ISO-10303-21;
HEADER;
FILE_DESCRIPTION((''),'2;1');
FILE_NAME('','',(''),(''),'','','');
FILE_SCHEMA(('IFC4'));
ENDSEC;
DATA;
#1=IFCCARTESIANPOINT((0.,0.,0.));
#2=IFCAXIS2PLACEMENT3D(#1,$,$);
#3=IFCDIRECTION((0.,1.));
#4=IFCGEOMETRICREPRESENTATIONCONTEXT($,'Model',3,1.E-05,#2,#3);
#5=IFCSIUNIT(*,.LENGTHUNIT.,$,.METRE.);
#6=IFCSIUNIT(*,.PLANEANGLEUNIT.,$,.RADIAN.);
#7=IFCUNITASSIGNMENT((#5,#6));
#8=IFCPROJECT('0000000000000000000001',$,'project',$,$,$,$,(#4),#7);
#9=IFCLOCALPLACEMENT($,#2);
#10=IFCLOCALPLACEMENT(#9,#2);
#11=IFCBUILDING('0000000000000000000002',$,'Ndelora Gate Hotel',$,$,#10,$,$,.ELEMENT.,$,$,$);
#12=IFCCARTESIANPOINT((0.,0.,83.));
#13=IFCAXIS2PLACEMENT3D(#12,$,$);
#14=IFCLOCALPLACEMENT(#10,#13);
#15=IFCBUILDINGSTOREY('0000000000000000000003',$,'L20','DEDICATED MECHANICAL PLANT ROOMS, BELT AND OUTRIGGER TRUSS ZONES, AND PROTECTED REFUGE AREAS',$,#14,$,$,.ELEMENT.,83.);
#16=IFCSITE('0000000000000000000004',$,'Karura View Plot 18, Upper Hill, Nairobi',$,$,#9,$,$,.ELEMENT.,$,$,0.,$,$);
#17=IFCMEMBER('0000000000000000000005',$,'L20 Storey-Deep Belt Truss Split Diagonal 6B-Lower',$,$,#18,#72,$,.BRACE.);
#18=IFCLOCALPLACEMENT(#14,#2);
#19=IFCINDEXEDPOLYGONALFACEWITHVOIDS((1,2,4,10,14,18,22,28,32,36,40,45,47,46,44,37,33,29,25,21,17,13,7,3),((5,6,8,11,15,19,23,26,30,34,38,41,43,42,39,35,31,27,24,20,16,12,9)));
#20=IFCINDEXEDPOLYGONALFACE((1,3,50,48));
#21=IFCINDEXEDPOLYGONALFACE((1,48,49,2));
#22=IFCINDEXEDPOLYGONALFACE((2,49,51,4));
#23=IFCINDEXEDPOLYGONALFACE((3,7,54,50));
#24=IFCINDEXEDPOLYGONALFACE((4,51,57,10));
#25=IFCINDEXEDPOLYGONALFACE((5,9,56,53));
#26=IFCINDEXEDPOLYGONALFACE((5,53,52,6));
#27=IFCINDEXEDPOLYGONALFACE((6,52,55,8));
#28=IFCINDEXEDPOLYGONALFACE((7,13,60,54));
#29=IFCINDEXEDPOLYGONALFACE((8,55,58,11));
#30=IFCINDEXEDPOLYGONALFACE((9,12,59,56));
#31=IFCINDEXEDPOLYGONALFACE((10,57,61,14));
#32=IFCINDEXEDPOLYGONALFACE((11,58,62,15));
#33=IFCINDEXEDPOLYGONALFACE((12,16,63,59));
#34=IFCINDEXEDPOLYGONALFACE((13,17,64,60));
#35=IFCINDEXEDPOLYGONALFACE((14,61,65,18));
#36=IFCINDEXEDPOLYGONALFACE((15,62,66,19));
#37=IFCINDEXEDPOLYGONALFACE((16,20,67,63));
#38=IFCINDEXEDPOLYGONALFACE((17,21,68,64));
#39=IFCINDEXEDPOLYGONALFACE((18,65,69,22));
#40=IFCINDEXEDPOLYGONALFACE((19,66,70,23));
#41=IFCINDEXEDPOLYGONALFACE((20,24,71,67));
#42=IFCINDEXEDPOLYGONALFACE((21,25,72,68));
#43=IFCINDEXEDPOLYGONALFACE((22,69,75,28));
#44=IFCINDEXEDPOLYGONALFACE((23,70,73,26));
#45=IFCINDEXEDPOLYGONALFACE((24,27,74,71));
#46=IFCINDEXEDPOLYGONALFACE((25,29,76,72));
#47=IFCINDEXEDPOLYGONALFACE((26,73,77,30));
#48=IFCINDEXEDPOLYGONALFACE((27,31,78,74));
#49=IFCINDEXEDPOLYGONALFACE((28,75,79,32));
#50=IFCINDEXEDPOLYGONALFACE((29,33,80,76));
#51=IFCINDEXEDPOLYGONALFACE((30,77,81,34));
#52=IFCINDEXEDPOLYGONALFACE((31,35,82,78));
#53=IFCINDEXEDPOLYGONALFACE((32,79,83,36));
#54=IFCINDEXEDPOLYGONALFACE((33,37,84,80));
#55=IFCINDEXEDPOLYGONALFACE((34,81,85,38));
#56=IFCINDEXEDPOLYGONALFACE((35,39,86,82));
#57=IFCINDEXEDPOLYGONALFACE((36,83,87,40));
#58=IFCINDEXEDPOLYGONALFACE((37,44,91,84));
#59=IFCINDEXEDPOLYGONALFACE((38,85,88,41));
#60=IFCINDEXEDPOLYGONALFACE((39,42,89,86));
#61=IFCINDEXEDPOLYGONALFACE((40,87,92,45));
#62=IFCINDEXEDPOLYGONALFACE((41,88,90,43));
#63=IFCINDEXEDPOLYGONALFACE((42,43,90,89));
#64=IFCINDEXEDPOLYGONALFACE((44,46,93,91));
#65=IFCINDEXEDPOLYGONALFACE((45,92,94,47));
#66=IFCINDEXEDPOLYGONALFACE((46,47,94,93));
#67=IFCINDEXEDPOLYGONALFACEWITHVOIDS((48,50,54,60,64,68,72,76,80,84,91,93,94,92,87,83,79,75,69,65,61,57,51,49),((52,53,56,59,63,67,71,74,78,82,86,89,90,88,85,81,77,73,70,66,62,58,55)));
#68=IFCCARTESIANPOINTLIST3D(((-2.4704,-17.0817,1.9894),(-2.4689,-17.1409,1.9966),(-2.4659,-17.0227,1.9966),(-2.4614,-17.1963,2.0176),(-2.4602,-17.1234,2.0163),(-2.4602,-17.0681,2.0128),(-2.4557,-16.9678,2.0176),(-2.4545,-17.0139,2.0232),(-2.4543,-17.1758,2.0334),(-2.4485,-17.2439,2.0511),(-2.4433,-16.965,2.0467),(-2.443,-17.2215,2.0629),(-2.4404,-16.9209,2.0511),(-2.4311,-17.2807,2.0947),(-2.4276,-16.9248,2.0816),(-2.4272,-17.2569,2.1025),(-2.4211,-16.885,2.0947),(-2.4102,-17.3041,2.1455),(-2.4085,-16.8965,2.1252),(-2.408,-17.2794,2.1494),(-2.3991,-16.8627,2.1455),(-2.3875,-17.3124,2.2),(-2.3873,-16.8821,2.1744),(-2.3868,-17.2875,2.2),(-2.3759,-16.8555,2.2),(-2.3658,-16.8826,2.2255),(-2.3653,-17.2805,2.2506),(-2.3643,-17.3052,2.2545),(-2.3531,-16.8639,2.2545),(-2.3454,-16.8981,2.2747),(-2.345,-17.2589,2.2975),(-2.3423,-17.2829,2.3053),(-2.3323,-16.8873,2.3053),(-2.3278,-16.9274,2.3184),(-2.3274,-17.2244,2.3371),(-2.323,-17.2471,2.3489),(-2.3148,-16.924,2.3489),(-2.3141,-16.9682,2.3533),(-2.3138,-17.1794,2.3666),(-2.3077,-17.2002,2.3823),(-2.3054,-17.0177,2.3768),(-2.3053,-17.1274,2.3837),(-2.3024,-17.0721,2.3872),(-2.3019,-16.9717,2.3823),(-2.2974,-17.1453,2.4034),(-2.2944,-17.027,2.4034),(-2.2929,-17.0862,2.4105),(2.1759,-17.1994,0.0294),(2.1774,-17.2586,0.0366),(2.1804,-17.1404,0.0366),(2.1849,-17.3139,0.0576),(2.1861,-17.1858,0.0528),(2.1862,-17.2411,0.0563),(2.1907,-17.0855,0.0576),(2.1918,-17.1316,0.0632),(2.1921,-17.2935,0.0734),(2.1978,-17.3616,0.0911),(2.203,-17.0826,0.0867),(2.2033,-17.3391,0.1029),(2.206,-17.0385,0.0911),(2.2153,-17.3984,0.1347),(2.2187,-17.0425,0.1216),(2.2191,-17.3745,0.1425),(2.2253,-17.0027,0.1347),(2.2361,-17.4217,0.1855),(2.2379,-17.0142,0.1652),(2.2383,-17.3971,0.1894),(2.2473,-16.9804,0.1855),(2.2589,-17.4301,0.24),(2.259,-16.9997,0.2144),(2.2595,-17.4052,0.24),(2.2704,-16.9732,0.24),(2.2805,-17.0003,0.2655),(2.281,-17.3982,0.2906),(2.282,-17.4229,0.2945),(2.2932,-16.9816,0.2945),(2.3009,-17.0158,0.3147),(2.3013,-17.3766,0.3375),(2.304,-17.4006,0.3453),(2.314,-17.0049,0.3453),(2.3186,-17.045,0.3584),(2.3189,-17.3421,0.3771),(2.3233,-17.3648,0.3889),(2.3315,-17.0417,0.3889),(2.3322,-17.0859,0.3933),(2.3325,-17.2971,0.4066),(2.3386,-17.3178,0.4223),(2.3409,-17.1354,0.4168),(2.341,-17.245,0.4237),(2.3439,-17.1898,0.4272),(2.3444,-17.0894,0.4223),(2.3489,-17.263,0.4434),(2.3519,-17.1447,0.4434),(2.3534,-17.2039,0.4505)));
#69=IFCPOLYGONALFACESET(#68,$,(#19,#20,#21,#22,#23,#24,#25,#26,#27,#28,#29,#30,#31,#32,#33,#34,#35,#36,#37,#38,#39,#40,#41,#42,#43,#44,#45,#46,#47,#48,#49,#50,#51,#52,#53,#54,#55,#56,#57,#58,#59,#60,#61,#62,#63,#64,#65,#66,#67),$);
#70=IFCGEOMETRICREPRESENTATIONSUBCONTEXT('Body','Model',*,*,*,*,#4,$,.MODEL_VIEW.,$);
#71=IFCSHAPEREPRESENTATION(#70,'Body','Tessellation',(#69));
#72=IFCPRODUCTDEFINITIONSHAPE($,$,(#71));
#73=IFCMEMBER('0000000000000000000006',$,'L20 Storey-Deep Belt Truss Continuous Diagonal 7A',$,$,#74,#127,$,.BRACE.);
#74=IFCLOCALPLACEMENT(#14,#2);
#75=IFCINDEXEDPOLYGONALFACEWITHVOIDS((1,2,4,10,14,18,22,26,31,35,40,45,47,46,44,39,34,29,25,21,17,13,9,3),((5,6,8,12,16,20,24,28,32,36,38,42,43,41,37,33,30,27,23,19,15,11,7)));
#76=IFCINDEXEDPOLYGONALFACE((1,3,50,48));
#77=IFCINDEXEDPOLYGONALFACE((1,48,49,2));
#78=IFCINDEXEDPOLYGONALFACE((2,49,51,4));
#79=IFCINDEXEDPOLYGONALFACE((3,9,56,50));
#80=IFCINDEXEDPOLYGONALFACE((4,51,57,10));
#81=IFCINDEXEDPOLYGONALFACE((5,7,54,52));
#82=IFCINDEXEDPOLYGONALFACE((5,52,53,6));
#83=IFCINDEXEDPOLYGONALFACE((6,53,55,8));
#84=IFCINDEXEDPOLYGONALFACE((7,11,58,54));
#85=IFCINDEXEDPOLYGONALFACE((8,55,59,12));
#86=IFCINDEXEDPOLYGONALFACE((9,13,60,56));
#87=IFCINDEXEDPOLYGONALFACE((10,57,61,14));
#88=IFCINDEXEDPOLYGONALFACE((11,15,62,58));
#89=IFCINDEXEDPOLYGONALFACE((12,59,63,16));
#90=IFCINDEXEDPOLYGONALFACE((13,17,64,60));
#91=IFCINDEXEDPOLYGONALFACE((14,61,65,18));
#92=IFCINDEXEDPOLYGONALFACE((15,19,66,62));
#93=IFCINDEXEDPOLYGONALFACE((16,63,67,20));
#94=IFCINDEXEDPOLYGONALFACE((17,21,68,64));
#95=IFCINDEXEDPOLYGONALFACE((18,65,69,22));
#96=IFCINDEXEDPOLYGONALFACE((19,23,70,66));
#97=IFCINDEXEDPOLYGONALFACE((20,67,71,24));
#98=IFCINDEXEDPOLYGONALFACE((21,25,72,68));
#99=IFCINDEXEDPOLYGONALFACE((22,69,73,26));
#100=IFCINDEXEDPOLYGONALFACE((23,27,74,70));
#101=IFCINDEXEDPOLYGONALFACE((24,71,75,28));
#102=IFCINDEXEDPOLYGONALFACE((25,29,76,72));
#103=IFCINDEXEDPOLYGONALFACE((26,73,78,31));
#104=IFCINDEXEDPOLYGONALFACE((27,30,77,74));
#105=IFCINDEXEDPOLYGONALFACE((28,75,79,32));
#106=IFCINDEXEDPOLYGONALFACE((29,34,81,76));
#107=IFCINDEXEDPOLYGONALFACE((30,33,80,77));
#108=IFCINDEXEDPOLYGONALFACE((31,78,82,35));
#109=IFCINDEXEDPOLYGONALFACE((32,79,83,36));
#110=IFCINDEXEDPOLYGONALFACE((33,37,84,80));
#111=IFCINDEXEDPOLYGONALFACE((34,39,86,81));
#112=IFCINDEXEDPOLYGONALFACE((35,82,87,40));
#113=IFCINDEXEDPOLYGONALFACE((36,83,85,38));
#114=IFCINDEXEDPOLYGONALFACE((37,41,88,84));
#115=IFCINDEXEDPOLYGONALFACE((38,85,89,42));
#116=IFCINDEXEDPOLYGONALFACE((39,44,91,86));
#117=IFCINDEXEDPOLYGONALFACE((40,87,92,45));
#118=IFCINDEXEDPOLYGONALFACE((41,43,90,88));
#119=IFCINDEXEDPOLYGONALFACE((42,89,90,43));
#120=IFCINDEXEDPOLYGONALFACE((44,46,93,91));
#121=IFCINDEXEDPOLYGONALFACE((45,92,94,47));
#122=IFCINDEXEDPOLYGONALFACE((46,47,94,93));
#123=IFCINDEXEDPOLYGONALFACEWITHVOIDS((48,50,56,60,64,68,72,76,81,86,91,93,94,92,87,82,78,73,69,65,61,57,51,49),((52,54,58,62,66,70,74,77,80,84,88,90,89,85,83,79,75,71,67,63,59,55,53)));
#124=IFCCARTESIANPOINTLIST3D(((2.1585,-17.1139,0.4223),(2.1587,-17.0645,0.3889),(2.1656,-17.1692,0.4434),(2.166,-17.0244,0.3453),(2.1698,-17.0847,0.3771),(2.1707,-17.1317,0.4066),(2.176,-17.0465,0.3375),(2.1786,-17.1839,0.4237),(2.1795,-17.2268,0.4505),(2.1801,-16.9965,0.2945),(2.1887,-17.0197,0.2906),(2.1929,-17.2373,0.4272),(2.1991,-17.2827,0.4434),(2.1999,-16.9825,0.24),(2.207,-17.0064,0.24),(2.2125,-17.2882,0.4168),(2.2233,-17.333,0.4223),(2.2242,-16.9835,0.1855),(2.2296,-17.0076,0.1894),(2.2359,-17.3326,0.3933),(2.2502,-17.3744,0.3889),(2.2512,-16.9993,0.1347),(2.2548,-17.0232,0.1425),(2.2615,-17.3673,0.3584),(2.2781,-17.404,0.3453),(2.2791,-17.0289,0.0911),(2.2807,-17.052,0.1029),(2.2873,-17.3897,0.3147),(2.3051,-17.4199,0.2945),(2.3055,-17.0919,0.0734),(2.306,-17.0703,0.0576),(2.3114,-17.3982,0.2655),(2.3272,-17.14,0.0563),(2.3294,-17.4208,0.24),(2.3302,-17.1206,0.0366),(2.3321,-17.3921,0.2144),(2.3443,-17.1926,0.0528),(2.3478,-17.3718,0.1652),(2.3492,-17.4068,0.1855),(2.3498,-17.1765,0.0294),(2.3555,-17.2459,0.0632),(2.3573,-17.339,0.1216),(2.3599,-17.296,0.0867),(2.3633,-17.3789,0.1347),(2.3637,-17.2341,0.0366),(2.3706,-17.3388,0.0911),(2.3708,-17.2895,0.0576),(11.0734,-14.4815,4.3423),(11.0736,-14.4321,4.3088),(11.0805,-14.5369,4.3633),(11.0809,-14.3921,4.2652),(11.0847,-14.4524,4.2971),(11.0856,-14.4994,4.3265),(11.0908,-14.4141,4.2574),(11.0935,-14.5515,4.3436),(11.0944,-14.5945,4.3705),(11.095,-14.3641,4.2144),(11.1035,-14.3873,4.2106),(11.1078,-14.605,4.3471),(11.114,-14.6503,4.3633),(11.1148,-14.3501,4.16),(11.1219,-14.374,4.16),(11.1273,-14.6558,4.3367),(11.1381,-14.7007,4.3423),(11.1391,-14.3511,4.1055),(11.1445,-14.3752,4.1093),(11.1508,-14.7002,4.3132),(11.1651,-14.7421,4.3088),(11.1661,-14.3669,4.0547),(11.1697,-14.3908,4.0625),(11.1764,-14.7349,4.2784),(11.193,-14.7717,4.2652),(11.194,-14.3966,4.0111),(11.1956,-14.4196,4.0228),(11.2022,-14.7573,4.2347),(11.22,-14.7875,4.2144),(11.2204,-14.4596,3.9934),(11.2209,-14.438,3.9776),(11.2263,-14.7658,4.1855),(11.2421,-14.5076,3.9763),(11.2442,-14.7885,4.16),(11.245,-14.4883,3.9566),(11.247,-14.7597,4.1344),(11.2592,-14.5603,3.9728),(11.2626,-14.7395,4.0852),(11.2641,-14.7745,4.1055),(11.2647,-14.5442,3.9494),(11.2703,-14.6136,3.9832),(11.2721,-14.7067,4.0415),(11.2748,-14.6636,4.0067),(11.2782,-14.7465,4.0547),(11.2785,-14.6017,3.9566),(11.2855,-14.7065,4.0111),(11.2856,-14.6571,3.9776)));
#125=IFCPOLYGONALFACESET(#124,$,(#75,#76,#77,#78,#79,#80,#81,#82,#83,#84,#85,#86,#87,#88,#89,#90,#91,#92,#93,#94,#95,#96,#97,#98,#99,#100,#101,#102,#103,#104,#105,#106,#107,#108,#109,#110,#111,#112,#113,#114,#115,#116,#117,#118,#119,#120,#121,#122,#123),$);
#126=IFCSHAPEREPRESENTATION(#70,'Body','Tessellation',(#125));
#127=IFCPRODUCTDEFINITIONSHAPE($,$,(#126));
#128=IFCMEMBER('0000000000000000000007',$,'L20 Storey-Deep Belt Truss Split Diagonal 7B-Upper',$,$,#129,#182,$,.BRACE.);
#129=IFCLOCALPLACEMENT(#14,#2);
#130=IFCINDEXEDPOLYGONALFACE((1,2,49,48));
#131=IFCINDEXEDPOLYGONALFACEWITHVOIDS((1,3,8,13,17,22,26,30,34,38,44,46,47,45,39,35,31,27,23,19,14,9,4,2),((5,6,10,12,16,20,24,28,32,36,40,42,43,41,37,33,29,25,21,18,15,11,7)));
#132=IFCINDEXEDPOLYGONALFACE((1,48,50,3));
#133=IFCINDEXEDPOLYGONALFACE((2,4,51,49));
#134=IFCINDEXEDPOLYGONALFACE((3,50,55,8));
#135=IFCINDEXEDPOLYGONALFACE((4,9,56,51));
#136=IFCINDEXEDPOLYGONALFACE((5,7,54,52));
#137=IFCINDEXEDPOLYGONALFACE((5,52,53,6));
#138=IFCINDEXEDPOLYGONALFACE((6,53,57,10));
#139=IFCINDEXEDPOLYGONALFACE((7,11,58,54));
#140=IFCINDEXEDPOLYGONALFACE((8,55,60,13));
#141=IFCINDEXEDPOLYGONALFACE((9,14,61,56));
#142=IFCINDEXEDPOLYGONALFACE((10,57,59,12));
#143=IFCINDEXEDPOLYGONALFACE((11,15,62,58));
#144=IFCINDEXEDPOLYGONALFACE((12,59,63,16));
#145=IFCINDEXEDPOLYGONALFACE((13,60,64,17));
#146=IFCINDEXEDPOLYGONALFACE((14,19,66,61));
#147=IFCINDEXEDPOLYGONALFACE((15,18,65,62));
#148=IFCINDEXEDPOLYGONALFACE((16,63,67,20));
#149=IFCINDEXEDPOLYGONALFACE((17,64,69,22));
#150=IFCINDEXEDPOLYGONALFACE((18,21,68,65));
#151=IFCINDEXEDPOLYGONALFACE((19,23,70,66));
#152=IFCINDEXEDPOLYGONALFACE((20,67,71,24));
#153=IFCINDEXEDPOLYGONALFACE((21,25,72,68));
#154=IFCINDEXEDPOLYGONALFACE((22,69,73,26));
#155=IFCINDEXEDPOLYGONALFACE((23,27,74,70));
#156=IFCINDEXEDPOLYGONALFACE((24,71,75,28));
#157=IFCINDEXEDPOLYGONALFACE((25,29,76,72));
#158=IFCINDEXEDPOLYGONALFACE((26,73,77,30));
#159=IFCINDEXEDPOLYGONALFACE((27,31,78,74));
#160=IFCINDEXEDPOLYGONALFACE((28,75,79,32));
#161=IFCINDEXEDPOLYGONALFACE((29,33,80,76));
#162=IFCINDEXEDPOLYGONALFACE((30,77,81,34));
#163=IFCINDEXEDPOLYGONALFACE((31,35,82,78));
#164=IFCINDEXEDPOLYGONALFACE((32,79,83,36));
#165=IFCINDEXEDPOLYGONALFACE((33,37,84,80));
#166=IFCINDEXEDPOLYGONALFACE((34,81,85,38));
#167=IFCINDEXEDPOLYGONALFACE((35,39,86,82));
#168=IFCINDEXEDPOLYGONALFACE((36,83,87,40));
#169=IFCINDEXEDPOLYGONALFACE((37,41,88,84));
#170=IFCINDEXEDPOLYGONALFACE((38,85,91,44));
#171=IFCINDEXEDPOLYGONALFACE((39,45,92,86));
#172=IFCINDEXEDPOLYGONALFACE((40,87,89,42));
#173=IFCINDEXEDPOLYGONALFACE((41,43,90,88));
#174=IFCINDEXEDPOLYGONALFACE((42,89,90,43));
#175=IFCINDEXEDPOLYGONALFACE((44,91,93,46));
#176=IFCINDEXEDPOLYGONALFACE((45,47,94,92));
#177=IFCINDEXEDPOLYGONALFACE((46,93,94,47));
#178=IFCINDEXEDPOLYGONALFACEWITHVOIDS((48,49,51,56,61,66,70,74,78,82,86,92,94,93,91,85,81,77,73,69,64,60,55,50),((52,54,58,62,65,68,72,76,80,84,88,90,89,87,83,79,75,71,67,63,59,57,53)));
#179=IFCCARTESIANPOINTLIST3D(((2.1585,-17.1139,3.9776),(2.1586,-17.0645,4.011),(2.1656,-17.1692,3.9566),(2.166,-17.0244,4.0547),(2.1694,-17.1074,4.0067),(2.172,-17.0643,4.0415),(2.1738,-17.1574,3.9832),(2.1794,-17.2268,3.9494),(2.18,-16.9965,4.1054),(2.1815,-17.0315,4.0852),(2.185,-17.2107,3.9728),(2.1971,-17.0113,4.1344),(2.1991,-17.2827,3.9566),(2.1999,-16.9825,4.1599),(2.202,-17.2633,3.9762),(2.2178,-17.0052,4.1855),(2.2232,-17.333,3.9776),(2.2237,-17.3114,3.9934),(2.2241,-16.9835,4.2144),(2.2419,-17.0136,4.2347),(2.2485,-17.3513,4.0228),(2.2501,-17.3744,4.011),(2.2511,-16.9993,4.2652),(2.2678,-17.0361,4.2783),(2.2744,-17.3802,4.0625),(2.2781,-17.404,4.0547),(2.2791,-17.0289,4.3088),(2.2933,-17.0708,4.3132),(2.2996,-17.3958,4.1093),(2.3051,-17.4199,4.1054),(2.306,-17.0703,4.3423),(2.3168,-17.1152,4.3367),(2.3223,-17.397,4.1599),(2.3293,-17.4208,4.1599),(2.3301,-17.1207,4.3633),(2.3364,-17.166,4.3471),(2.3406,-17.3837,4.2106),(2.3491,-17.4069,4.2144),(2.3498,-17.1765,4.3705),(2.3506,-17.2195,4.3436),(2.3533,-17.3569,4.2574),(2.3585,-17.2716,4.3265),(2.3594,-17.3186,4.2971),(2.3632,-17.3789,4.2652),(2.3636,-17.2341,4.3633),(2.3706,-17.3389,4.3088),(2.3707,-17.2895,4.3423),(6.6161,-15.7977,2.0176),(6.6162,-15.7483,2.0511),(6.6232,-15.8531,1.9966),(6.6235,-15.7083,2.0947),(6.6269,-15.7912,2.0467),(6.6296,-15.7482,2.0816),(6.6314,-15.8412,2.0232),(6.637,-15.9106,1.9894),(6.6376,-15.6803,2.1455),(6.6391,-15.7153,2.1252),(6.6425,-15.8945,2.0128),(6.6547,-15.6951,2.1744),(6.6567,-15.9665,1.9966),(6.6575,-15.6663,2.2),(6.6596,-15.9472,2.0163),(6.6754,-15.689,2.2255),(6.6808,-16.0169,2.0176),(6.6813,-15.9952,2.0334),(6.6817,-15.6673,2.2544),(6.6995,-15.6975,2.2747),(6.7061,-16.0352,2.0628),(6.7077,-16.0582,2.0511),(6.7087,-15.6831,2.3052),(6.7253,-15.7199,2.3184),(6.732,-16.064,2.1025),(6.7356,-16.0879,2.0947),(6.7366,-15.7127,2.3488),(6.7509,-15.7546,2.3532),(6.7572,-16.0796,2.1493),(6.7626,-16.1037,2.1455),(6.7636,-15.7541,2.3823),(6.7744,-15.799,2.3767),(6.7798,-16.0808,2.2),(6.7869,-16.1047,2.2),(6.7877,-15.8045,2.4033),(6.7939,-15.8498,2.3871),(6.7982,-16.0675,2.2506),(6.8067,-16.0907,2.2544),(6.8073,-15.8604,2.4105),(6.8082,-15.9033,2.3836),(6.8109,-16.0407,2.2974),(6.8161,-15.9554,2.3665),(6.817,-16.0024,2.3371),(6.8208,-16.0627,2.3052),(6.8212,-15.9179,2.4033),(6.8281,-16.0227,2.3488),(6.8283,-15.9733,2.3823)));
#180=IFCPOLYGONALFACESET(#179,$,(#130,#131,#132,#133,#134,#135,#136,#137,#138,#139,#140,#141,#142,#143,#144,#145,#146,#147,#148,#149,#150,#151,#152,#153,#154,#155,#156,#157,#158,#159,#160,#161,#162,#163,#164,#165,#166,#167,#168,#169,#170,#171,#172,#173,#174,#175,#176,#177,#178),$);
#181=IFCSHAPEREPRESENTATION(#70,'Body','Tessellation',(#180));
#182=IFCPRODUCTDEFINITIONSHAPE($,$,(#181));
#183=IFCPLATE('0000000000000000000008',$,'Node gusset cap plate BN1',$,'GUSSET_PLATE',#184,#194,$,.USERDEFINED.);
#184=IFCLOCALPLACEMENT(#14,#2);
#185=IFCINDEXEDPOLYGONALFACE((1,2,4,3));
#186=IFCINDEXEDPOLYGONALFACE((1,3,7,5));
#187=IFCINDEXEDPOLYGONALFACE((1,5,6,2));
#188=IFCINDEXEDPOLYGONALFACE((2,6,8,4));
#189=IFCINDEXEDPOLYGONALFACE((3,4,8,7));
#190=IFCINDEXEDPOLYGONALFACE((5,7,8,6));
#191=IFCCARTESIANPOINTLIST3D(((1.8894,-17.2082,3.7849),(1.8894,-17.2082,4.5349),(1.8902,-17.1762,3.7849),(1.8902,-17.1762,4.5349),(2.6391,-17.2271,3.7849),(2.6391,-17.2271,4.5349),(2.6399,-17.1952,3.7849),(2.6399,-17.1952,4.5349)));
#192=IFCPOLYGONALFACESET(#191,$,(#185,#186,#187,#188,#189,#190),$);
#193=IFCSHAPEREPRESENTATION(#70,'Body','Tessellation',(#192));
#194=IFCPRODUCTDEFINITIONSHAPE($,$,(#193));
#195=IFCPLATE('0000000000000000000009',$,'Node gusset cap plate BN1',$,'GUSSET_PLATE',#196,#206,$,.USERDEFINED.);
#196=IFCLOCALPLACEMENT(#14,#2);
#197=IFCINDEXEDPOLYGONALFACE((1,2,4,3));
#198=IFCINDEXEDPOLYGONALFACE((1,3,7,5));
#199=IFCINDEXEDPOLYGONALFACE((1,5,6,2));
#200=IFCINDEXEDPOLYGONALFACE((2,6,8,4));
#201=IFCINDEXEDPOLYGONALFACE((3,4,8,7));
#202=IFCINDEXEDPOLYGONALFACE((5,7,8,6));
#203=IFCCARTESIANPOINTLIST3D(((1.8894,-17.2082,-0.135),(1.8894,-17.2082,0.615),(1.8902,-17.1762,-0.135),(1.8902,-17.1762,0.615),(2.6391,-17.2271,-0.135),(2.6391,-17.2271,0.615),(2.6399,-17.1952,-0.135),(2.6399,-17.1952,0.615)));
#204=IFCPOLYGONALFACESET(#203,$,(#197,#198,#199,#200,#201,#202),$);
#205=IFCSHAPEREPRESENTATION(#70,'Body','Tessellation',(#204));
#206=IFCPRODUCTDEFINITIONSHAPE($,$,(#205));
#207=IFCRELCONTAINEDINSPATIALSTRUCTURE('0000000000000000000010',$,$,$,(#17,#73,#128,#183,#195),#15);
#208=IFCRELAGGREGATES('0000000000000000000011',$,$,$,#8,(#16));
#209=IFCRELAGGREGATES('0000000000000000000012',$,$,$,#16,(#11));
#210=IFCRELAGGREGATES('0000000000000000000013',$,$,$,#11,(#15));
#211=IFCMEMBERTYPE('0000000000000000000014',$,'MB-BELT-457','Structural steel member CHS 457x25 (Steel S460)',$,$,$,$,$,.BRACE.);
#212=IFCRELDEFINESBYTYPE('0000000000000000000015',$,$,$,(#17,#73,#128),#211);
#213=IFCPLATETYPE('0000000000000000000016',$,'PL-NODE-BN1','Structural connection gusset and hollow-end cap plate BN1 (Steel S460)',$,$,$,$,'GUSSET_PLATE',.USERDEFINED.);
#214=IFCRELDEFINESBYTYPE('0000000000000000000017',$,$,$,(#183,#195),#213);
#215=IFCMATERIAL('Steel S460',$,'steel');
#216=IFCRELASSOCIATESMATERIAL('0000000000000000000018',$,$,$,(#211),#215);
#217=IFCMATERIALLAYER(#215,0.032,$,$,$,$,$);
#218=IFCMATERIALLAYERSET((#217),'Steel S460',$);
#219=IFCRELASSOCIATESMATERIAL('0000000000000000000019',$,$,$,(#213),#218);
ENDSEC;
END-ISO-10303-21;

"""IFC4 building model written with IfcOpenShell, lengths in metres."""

from ifc_helpers import new_model, si_unit, direction, frame, origin, origin_2d, place, context, subcontext, project, spatial, rectangle, hollow_circle, extrude, material, layer, layer_set, material_profile, profile_set, type_object, element, save


model = new_model("IFC4")

# Units and contexts
model_context = context("Model", 3, precision=1e-05, world=origin(), true_north=direction((0.0, 1.0)))
body_context = subcontext(model_context, "Body", "Model", "MODEL_VIEW")
ifc_project = project(units=[si_unit("LENGTHUNIT", "METRE"), si_unit("PLANEANGLEUNIT", "RADIAN")], contexts=[model_context])

# Site, building, storey
site_placement = place(None, origin())
site = spatial("IfcSite", under=ifc_project, at=site_placement, Name="Karura View Plot 18, Upper Hill, Nairobi", CompositionType="ELEMENT", RefElevation=0.0)
building_placement = place(site_placement, origin())
building = spatial("IfcBuilding", under=site, at=building_placement, Name="Ndelora Gate Hotel", CompositionType="ELEMENT")
storey_placement = place(building_placement, frame((0.0, 0.0, 83.0)))
storey = spatial("IfcBuildingStorey", under=building, at=storey_placement, Name="L20", Description="DEDICATED MECHANICAL PLANT ROOMS, BELT AND OUTRIGGER TRUSS ZONES, AND PROTECTED REFUGE AREAS", CompositionType="ELEMENT", Elevation=83.0)

# Shared definitions
ifc_material_1 = material(Name="Steel S460", Category="steel")

# Members
ifc_material_profile_1 = material_profile(ifc_material_1, hollow_circle(Radius=0.2285, WallThickness=0.0249, at=origin_2d()), Name="CHS 457x25")
ifc_profile_set_1 = profile_set([ifc_material_profile_1], Name="Steel S460")
member_type = type_object("IfcMemberType", Name="MB-BELT-457", Description="Structural steel member CHS 457x25 (Steel S460)", PredefinedType="BRACE", material=ifc_profile_set_1)
member_1_placement = place(storey_placement, frame((2.2646, -17.2017, 0.24), z_axis=(-0.921126, 0.023329, 0.388566), x_axis=(-0.025319, -0.999679, 0.0)))
element("IfcMember", 1, at=member_1_placement, inside=storey, type_object=member_type, Name="L20 Storey-Deep Belt Truss Split Diagonal 6B-Lower", PredefinedType="BRACE", context=body_context, shape_type="SweptSolid", body=[
    extrude(hollow_circle(Radius=0.2285, WallThickness=0.0249, at=origin_2d()), origin(), (0.0, 0.0, 1.0), 5.0442),
])
member_2_placement = place(storey_placement, frame((2.2646, -17.2017, 0.24), z_axis=(0.8837, 0.260935, 0.388571), x_axis=(-0.283189, 0.959064, 0.0)))
element("IfcMember", 2, at=member_2_placement, inside=storey, type_object=member_type, Name="L20 Storey-Deep Belt Truss Continuous Diagonal 7A", PredefinedType="BRACE", context=body_context, shape_type="SweptSolid", body=[
    extrude(hollow_circle(Radius=0.2285, WallThickness=0.0249, at=origin_2d()), origin(), (0.0, 0.0, 1.0), 10.0881),
])
member_3_placement = place(storey_placement, frame((6.7222, -15.8855, 2.2), z_axis=(-0.883705, -0.26093, 0.388563), x_axis=(0.283181, -0.959066, 0.0)))
element("IfcMember", 3, at=member_3_placement, inside=storey, type_object=member_type, Name="L20 Storey-Deep Belt Truss Split Diagonal 7B-Upper", PredefinedType="BRACE", context=body_context, shape_type="SweptSolid", body=[
    extrude(hollow_circle(Radius=0.2285, WallThickness=0.0249, at=origin_2d()), origin(), (0.0, 0.0, 1.0), 5.0442),
])

# Plates
ifc_layer_1 = layer(ifc_material_1, 0.032)
ifc_layer_set_1 = layer_set([ifc_layer_1], Name="Steel S460")
plate_type_1 = type_object("IfcPlateType", Name="PL-NODE-BN1", Description="Structural connection gusset and hollow-end cap plate BN1 (Steel S460)", ElementType="GUSSET_PLATE", PredefinedType="USERDEFINED", material=ifc_layer_set_1)
for number, where, z_axis, x_axis, name in (
    (4, (2.2646, -17.2017, 3.7849), (0.0, 0.0, 1.0), (-0.99968, 0.025305, 0.0), "Node gusset cap plate BN1"),
    (5, (2.2646, -17.2017, -0.135), (0.0, 0.0, 1.0), (-0.99968, 0.025305, 0.0), "Node gusset cap plate BN1"),
):
    element("IfcPlate", number, at=place(storey_placement, frame(where, z_axis=z_axis, x_axis=x_axis)), inside=storey, type_object=plate_type_1, Name=name, ObjectType="GUSSET_PLATE", PredefinedType="USERDEFINED", context=body_context, shape_type="SweptSolid", body=[
        extrude(rectangle(XDim=0.75, YDim=0.032, at=origin_2d()), origin(), (0.0, 0.0, 1.0), 0.75),
    ])

save(model, "model.ifc")
